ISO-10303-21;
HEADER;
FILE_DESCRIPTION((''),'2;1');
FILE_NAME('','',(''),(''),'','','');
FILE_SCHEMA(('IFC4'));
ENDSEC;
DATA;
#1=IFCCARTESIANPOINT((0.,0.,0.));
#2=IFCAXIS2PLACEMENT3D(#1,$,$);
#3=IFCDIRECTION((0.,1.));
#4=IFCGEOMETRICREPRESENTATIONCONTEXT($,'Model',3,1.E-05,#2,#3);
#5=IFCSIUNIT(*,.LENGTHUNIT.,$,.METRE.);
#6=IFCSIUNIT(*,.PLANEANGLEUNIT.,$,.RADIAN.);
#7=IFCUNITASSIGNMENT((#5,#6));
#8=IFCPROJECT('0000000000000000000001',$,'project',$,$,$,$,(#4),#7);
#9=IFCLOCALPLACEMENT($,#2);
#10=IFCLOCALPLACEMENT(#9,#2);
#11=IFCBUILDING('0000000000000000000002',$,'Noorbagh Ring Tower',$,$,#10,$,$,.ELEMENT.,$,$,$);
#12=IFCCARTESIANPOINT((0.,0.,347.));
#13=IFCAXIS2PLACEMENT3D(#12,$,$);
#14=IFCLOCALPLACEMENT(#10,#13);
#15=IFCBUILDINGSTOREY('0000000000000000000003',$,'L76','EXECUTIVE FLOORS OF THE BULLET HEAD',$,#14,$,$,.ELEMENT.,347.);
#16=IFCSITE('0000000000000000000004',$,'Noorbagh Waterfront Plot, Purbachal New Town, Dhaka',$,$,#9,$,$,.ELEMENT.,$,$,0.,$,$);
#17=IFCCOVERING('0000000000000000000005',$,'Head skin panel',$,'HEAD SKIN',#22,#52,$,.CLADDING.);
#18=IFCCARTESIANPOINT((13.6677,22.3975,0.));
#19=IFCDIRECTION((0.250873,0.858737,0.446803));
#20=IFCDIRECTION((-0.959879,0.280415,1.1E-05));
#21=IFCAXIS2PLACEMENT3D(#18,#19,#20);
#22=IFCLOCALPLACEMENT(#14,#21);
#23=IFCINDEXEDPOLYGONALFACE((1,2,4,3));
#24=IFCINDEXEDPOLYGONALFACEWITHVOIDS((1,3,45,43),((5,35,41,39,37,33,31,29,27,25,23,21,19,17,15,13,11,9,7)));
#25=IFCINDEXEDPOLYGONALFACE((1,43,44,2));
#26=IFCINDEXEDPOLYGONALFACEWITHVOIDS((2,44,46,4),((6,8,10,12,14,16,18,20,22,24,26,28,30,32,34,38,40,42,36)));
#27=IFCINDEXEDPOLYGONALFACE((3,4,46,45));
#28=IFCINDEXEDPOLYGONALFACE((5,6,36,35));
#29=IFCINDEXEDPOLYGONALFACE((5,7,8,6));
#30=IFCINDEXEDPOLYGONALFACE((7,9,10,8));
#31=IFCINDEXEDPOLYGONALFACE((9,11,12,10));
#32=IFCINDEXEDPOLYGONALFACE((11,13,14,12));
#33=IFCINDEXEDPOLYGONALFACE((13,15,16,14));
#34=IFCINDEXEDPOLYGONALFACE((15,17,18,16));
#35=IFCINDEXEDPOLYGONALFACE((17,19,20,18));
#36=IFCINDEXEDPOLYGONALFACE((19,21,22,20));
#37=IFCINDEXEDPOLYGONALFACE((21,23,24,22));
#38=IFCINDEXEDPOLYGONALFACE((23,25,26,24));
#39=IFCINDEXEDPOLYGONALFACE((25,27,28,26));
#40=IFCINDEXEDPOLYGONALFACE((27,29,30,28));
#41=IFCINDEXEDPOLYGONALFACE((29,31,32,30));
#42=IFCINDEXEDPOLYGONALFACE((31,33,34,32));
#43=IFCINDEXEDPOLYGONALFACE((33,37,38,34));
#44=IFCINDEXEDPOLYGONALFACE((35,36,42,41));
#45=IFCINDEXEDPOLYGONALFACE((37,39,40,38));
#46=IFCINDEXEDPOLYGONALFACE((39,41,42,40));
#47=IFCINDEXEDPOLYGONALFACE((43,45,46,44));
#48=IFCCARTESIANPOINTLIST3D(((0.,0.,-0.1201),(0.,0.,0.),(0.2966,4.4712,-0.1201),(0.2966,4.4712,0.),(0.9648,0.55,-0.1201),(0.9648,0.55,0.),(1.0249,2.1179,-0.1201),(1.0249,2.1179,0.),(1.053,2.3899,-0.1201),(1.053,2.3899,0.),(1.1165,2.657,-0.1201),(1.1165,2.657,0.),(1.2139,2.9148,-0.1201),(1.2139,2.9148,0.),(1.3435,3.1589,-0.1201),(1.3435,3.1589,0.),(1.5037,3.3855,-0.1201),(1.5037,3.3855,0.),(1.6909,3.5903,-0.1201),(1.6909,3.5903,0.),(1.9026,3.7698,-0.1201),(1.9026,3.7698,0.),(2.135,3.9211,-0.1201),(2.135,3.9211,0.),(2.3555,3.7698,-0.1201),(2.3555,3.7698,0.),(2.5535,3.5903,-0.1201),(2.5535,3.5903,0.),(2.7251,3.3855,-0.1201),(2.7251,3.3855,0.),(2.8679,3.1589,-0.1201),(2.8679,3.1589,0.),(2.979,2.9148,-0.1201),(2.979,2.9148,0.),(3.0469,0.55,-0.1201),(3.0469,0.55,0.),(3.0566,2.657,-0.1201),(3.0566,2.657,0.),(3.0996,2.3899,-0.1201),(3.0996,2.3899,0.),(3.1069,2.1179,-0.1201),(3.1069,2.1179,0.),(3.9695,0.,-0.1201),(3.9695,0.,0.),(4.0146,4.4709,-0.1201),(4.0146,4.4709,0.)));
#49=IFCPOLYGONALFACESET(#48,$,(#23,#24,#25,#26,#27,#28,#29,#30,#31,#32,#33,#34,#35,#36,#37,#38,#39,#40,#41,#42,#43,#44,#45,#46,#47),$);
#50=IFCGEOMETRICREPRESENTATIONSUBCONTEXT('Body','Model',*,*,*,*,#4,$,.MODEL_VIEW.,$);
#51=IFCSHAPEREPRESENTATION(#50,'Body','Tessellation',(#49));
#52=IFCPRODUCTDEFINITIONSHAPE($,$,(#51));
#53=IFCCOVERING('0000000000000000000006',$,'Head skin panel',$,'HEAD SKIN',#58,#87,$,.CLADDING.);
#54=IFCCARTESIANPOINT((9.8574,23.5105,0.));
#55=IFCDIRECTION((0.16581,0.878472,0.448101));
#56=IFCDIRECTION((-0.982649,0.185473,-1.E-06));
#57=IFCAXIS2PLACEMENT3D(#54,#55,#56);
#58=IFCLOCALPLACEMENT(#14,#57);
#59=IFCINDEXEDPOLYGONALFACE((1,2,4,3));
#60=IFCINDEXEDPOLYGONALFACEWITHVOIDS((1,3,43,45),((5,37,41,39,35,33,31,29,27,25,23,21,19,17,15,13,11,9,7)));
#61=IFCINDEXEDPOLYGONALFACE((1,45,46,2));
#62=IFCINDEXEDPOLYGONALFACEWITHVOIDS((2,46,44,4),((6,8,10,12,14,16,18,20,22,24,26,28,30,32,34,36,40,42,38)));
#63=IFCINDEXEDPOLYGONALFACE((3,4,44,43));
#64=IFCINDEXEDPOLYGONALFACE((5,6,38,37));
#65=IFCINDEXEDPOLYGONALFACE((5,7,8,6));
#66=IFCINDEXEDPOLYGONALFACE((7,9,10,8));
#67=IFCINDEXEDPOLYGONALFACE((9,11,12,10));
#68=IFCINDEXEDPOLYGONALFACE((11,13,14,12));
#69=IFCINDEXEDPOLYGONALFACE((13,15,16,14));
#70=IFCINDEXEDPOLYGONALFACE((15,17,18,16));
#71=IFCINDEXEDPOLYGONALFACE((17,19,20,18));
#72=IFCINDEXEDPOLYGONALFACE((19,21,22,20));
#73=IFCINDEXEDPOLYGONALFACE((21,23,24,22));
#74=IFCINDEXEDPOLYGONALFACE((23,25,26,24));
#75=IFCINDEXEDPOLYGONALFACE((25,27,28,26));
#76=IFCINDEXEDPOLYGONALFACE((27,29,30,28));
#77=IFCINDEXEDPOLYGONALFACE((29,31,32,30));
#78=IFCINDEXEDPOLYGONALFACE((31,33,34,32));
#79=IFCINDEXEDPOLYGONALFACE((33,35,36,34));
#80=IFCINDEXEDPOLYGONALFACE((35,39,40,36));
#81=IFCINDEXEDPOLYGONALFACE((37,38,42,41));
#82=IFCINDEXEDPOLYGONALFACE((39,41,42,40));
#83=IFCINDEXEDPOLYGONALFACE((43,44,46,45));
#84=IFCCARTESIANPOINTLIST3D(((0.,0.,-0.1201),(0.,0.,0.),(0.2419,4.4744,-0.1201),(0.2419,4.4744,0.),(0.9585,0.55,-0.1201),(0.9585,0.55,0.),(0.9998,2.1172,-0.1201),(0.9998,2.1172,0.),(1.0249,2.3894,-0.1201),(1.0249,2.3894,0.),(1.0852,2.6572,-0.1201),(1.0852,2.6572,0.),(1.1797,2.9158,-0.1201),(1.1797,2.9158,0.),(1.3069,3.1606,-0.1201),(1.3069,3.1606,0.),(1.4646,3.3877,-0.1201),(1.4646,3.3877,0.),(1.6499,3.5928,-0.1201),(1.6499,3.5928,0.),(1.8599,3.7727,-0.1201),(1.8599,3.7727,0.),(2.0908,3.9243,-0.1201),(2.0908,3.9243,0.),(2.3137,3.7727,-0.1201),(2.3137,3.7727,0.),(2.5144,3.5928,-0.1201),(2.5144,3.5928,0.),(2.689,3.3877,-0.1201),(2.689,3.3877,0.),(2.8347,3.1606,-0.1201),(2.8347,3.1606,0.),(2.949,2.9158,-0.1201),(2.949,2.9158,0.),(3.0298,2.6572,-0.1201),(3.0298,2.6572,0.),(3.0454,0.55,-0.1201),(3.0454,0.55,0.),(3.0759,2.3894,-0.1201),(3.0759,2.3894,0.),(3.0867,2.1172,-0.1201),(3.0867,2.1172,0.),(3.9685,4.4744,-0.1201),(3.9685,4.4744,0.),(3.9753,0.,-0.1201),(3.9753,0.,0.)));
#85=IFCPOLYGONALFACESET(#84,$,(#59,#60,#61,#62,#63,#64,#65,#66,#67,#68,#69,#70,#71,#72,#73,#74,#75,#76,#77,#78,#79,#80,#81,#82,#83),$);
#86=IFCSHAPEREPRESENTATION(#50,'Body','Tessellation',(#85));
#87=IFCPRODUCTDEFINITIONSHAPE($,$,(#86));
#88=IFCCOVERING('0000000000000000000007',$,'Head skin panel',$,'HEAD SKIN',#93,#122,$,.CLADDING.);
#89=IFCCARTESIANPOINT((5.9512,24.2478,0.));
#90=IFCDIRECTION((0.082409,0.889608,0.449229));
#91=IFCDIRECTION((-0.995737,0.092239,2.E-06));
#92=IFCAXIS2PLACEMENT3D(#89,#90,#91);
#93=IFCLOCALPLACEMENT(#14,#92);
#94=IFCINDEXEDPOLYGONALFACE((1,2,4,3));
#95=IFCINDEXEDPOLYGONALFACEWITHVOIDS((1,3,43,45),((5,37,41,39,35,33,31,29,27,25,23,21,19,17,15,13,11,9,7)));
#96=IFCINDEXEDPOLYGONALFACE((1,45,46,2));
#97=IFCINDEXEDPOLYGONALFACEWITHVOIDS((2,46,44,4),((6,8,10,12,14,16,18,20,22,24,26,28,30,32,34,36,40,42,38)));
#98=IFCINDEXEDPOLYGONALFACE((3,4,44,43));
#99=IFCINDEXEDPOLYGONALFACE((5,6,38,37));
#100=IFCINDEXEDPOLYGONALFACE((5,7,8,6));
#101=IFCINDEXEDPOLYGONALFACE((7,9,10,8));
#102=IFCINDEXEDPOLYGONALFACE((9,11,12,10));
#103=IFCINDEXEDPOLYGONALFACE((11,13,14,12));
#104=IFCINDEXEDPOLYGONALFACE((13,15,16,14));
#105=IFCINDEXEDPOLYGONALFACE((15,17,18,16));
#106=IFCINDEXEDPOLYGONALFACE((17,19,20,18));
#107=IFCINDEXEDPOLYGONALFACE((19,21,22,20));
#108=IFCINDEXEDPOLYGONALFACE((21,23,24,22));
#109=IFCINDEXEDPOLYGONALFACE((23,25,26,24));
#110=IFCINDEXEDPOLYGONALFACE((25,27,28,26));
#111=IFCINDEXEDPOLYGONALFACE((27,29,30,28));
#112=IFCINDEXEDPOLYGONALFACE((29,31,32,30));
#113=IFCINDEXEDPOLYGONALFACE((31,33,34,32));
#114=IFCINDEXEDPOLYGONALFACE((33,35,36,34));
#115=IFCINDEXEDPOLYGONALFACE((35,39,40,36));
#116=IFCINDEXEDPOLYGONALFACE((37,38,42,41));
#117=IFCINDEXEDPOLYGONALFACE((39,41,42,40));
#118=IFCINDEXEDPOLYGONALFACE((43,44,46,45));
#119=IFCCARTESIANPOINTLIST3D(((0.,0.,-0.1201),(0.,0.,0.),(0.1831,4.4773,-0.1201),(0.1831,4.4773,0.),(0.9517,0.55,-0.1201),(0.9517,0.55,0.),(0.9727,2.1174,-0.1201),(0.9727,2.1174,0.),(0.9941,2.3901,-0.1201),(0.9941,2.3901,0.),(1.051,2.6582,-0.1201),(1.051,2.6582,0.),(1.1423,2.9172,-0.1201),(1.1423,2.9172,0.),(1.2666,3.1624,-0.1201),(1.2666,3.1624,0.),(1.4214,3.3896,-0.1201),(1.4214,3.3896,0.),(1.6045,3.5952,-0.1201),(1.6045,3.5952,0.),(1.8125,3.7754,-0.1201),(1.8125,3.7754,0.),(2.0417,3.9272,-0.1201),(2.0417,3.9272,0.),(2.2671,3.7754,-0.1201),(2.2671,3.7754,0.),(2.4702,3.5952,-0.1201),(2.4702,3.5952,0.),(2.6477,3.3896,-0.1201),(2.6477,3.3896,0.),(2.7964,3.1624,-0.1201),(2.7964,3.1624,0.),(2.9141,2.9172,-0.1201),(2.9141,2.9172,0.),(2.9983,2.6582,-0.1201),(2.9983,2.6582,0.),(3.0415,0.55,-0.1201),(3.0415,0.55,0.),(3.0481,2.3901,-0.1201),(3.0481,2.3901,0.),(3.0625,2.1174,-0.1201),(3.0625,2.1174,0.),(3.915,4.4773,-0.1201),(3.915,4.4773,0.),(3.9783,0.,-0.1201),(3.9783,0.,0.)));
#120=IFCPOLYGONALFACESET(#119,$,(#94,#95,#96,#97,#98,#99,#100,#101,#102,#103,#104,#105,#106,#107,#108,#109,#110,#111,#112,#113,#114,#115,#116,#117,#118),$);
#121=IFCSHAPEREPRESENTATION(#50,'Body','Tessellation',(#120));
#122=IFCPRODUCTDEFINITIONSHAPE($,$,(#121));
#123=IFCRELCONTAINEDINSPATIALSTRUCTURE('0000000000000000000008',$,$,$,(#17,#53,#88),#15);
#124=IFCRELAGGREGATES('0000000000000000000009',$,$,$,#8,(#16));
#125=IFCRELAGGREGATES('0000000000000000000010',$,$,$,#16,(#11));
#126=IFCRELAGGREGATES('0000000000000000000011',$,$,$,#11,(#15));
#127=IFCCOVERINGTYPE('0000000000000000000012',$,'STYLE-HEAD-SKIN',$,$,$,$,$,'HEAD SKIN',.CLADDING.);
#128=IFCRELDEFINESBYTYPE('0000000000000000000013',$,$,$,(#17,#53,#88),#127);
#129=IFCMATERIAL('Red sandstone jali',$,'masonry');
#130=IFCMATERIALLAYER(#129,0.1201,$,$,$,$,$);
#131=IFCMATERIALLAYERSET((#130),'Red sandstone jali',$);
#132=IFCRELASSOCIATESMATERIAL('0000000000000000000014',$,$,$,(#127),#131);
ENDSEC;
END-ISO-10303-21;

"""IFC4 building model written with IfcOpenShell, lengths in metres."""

from ifc_helpers import new_model, si_unit, direction, frame, origin, place, context, subcontext, project, spatial, polyline, outline, extrude, material, layer, layer_set, type_object, element, save


model = new_model("IFC4")

# Units and contexts
model_context = context("Model", 3, precision=1e-05, world=origin(), true_north=direction((0.0, 1.0)))
body_context = subcontext(model_context, "Body", "Model", "MODEL_VIEW")
ifc_project = project(units=[si_unit("LENGTHUNIT", "METRE"), si_unit("PLANEANGLEUNIT", "RADIAN")], contexts=[model_context])

# Site, building, storey
site_placement = place(None, origin())
site = spatial("IfcSite", under=ifc_project, at=site_placement, Name="Noorbagh Waterfront Plot, Purbachal New Town, Dhaka", CompositionType="ELEMENT", RefElevation=0.0)
building_placement = place(site_placement, origin())
building = spatial("IfcBuilding", under=site, at=building_placement, Name="Noorbagh Ring Tower", CompositionType="ELEMENT")
storey_placement = place(building_placement, frame((0.0, 0.0, 347.0)))
storey = spatial("IfcBuildingStorey", under=building, at=storey_placement, Name="L76", Description="EXECUTIVE FLOORS OF THE BULLET HEAD", CompositionType="ELEMENT", Elevation=347.0)

# Coverings
ifc_material_1 = material(Name="Red sandstone jali", Category="masonry")
ifc_layer_1 = layer(ifc_material_1, 0.1201)
ifc_layer_set_1 = layer_set([ifc_layer_1], Name="Red sandstone jali")
covering_type_1 = type_object("IfcCoveringType", Name="STYLE-HEAD-SKIN", ElementType="HEAD SKIN", PredefinedType="CLADDING", material=ifc_layer_set_1)
covering_1_placement = place(storey_placement, frame((13.6677, 22.3975, 0.0), z_axis=(0.250873, 0.858737, 0.446803), x_axis=(-0.959879, 0.280415, 0.000011)))
element("IfcCovering", 1, at=covering_1_placement, inside=storey, type_object=covering_type_1, Name="Head skin panel", ObjectType="HEAD SKIN", PredefinedType="CLADDING", context=body_context, shape_type="SweptSolid", body=[
    extrude(outline(polyline([(0.0, 0.0), (3.9695, 0.0), (4.0146, 4.4709), (0.2966, 4.4712), (0.0, 0.0)]), holes=[polyline([(0.9648, 0.55), (1.0249, 2.1179), (1.053, 2.3899), (1.1165, 2.657), (1.2139, 2.9148), (1.3435, 3.1589), (1.5037, 3.3855), (1.6909, 3.5903), (1.9026, 3.7698), (2.135, 3.9211), (2.3555, 3.7698), (2.5535, 3.5903), (2.7251, 3.3855), (2.8679, 3.1589), (2.979, 2.9148), (3.0566, 2.657), (3.0996, 2.3899), (3.1069, 2.1179), (3.0469, 0.55), (0.9648, 0.55)])]), origin(), (0.0, 0.0, -1.0), 0.1201),
])
covering_2_placement = place(storey_placement, frame((9.8574, 23.5105, 0.0), z_axis=(0.16581, 0.878472, 0.448101), x_axis=(-0.982649, 0.185473, -0.000001)))
element("IfcCovering", 2, at=covering_2_placement, inside=storey, type_object=covering_type_1, Name="Head skin panel", ObjectType="HEAD SKIN", PredefinedType="CLADDING", context=body_context, shape_type="SweptSolid", body=[
    extrude(outline(polyline([(0.0, 0.0), (3.9753, 0.0), (3.9685, 4.4744), (0.2419, 4.4744), (0.0, 0.0)]), holes=[polyline([(0.9585, 0.55), (0.9998, 2.1172), (1.0249, 2.3894), (1.0852, 2.6572), (1.1797, 2.9158), (1.3069, 3.1606), (1.4646, 3.3877), (1.6499, 3.5928), (1.8599, 3.7727), (2.0908, 3.9243), (2.3137, 3.7727), (2.5144, 3.5928), (2.689, 3.3877), (2.8347, 3.1606), (2.949, 2.9158), (3.0298, 2.6572), (3.0759, 2.3894), (3.0867, 2.1172), (3.0454, 0.55), (0.9585, 0.55)])]), origin(), (0.0, 0.0, -1.0), 0.1201),
])
covering_3_placement = place(storey_placement, frame((5.9512, 24.2478, 0.0), z_axis=(0.082409, 0.889608, 0.449229), x_axis=(-0.995737, 0.092239, 0.000002)))
element("IfcCovering", 3, at=covering_3_placement, inside=storey, type_object=covering_type_1, Name="Head skin panel", ObjectType="HEAD SKIN", PredefinedType="CLADDING", context=body_context, shape_type="SweptSolid", body=[
    extrude(outline(polyline([(0.0, 0.0), (3.9783, 0.0), (3.915, 4.4773), (0.1831, 4.4773), (0.0, 0.0)]), holes=[polyline([(0.9517, 0.55), (0.9727, 2.1174), (0.9941, 2.3901), (1.051, 2.6582), (1.1423, 2.9172), (1.2666, 3.1624), (1.4214, 3.3896), (1.6045, 3.5952), (1.8125, 3.7754), (2.0417, 3.9272), (2.2671, 3.7754), (2.4702, 3.5952), (2.6477, 3.3896), (2.7964, 3.1624), (2.9141, 2.9172), (2.9983, 2.6582), (3.0481, 2.3901), (3.0625, 2.1174), (3.0415, 0.55), (0.9517, 0.55)])]), origin(), (0.0, 0.0, -1.0), 0.1201),
])

save(model, "model.ifc")
